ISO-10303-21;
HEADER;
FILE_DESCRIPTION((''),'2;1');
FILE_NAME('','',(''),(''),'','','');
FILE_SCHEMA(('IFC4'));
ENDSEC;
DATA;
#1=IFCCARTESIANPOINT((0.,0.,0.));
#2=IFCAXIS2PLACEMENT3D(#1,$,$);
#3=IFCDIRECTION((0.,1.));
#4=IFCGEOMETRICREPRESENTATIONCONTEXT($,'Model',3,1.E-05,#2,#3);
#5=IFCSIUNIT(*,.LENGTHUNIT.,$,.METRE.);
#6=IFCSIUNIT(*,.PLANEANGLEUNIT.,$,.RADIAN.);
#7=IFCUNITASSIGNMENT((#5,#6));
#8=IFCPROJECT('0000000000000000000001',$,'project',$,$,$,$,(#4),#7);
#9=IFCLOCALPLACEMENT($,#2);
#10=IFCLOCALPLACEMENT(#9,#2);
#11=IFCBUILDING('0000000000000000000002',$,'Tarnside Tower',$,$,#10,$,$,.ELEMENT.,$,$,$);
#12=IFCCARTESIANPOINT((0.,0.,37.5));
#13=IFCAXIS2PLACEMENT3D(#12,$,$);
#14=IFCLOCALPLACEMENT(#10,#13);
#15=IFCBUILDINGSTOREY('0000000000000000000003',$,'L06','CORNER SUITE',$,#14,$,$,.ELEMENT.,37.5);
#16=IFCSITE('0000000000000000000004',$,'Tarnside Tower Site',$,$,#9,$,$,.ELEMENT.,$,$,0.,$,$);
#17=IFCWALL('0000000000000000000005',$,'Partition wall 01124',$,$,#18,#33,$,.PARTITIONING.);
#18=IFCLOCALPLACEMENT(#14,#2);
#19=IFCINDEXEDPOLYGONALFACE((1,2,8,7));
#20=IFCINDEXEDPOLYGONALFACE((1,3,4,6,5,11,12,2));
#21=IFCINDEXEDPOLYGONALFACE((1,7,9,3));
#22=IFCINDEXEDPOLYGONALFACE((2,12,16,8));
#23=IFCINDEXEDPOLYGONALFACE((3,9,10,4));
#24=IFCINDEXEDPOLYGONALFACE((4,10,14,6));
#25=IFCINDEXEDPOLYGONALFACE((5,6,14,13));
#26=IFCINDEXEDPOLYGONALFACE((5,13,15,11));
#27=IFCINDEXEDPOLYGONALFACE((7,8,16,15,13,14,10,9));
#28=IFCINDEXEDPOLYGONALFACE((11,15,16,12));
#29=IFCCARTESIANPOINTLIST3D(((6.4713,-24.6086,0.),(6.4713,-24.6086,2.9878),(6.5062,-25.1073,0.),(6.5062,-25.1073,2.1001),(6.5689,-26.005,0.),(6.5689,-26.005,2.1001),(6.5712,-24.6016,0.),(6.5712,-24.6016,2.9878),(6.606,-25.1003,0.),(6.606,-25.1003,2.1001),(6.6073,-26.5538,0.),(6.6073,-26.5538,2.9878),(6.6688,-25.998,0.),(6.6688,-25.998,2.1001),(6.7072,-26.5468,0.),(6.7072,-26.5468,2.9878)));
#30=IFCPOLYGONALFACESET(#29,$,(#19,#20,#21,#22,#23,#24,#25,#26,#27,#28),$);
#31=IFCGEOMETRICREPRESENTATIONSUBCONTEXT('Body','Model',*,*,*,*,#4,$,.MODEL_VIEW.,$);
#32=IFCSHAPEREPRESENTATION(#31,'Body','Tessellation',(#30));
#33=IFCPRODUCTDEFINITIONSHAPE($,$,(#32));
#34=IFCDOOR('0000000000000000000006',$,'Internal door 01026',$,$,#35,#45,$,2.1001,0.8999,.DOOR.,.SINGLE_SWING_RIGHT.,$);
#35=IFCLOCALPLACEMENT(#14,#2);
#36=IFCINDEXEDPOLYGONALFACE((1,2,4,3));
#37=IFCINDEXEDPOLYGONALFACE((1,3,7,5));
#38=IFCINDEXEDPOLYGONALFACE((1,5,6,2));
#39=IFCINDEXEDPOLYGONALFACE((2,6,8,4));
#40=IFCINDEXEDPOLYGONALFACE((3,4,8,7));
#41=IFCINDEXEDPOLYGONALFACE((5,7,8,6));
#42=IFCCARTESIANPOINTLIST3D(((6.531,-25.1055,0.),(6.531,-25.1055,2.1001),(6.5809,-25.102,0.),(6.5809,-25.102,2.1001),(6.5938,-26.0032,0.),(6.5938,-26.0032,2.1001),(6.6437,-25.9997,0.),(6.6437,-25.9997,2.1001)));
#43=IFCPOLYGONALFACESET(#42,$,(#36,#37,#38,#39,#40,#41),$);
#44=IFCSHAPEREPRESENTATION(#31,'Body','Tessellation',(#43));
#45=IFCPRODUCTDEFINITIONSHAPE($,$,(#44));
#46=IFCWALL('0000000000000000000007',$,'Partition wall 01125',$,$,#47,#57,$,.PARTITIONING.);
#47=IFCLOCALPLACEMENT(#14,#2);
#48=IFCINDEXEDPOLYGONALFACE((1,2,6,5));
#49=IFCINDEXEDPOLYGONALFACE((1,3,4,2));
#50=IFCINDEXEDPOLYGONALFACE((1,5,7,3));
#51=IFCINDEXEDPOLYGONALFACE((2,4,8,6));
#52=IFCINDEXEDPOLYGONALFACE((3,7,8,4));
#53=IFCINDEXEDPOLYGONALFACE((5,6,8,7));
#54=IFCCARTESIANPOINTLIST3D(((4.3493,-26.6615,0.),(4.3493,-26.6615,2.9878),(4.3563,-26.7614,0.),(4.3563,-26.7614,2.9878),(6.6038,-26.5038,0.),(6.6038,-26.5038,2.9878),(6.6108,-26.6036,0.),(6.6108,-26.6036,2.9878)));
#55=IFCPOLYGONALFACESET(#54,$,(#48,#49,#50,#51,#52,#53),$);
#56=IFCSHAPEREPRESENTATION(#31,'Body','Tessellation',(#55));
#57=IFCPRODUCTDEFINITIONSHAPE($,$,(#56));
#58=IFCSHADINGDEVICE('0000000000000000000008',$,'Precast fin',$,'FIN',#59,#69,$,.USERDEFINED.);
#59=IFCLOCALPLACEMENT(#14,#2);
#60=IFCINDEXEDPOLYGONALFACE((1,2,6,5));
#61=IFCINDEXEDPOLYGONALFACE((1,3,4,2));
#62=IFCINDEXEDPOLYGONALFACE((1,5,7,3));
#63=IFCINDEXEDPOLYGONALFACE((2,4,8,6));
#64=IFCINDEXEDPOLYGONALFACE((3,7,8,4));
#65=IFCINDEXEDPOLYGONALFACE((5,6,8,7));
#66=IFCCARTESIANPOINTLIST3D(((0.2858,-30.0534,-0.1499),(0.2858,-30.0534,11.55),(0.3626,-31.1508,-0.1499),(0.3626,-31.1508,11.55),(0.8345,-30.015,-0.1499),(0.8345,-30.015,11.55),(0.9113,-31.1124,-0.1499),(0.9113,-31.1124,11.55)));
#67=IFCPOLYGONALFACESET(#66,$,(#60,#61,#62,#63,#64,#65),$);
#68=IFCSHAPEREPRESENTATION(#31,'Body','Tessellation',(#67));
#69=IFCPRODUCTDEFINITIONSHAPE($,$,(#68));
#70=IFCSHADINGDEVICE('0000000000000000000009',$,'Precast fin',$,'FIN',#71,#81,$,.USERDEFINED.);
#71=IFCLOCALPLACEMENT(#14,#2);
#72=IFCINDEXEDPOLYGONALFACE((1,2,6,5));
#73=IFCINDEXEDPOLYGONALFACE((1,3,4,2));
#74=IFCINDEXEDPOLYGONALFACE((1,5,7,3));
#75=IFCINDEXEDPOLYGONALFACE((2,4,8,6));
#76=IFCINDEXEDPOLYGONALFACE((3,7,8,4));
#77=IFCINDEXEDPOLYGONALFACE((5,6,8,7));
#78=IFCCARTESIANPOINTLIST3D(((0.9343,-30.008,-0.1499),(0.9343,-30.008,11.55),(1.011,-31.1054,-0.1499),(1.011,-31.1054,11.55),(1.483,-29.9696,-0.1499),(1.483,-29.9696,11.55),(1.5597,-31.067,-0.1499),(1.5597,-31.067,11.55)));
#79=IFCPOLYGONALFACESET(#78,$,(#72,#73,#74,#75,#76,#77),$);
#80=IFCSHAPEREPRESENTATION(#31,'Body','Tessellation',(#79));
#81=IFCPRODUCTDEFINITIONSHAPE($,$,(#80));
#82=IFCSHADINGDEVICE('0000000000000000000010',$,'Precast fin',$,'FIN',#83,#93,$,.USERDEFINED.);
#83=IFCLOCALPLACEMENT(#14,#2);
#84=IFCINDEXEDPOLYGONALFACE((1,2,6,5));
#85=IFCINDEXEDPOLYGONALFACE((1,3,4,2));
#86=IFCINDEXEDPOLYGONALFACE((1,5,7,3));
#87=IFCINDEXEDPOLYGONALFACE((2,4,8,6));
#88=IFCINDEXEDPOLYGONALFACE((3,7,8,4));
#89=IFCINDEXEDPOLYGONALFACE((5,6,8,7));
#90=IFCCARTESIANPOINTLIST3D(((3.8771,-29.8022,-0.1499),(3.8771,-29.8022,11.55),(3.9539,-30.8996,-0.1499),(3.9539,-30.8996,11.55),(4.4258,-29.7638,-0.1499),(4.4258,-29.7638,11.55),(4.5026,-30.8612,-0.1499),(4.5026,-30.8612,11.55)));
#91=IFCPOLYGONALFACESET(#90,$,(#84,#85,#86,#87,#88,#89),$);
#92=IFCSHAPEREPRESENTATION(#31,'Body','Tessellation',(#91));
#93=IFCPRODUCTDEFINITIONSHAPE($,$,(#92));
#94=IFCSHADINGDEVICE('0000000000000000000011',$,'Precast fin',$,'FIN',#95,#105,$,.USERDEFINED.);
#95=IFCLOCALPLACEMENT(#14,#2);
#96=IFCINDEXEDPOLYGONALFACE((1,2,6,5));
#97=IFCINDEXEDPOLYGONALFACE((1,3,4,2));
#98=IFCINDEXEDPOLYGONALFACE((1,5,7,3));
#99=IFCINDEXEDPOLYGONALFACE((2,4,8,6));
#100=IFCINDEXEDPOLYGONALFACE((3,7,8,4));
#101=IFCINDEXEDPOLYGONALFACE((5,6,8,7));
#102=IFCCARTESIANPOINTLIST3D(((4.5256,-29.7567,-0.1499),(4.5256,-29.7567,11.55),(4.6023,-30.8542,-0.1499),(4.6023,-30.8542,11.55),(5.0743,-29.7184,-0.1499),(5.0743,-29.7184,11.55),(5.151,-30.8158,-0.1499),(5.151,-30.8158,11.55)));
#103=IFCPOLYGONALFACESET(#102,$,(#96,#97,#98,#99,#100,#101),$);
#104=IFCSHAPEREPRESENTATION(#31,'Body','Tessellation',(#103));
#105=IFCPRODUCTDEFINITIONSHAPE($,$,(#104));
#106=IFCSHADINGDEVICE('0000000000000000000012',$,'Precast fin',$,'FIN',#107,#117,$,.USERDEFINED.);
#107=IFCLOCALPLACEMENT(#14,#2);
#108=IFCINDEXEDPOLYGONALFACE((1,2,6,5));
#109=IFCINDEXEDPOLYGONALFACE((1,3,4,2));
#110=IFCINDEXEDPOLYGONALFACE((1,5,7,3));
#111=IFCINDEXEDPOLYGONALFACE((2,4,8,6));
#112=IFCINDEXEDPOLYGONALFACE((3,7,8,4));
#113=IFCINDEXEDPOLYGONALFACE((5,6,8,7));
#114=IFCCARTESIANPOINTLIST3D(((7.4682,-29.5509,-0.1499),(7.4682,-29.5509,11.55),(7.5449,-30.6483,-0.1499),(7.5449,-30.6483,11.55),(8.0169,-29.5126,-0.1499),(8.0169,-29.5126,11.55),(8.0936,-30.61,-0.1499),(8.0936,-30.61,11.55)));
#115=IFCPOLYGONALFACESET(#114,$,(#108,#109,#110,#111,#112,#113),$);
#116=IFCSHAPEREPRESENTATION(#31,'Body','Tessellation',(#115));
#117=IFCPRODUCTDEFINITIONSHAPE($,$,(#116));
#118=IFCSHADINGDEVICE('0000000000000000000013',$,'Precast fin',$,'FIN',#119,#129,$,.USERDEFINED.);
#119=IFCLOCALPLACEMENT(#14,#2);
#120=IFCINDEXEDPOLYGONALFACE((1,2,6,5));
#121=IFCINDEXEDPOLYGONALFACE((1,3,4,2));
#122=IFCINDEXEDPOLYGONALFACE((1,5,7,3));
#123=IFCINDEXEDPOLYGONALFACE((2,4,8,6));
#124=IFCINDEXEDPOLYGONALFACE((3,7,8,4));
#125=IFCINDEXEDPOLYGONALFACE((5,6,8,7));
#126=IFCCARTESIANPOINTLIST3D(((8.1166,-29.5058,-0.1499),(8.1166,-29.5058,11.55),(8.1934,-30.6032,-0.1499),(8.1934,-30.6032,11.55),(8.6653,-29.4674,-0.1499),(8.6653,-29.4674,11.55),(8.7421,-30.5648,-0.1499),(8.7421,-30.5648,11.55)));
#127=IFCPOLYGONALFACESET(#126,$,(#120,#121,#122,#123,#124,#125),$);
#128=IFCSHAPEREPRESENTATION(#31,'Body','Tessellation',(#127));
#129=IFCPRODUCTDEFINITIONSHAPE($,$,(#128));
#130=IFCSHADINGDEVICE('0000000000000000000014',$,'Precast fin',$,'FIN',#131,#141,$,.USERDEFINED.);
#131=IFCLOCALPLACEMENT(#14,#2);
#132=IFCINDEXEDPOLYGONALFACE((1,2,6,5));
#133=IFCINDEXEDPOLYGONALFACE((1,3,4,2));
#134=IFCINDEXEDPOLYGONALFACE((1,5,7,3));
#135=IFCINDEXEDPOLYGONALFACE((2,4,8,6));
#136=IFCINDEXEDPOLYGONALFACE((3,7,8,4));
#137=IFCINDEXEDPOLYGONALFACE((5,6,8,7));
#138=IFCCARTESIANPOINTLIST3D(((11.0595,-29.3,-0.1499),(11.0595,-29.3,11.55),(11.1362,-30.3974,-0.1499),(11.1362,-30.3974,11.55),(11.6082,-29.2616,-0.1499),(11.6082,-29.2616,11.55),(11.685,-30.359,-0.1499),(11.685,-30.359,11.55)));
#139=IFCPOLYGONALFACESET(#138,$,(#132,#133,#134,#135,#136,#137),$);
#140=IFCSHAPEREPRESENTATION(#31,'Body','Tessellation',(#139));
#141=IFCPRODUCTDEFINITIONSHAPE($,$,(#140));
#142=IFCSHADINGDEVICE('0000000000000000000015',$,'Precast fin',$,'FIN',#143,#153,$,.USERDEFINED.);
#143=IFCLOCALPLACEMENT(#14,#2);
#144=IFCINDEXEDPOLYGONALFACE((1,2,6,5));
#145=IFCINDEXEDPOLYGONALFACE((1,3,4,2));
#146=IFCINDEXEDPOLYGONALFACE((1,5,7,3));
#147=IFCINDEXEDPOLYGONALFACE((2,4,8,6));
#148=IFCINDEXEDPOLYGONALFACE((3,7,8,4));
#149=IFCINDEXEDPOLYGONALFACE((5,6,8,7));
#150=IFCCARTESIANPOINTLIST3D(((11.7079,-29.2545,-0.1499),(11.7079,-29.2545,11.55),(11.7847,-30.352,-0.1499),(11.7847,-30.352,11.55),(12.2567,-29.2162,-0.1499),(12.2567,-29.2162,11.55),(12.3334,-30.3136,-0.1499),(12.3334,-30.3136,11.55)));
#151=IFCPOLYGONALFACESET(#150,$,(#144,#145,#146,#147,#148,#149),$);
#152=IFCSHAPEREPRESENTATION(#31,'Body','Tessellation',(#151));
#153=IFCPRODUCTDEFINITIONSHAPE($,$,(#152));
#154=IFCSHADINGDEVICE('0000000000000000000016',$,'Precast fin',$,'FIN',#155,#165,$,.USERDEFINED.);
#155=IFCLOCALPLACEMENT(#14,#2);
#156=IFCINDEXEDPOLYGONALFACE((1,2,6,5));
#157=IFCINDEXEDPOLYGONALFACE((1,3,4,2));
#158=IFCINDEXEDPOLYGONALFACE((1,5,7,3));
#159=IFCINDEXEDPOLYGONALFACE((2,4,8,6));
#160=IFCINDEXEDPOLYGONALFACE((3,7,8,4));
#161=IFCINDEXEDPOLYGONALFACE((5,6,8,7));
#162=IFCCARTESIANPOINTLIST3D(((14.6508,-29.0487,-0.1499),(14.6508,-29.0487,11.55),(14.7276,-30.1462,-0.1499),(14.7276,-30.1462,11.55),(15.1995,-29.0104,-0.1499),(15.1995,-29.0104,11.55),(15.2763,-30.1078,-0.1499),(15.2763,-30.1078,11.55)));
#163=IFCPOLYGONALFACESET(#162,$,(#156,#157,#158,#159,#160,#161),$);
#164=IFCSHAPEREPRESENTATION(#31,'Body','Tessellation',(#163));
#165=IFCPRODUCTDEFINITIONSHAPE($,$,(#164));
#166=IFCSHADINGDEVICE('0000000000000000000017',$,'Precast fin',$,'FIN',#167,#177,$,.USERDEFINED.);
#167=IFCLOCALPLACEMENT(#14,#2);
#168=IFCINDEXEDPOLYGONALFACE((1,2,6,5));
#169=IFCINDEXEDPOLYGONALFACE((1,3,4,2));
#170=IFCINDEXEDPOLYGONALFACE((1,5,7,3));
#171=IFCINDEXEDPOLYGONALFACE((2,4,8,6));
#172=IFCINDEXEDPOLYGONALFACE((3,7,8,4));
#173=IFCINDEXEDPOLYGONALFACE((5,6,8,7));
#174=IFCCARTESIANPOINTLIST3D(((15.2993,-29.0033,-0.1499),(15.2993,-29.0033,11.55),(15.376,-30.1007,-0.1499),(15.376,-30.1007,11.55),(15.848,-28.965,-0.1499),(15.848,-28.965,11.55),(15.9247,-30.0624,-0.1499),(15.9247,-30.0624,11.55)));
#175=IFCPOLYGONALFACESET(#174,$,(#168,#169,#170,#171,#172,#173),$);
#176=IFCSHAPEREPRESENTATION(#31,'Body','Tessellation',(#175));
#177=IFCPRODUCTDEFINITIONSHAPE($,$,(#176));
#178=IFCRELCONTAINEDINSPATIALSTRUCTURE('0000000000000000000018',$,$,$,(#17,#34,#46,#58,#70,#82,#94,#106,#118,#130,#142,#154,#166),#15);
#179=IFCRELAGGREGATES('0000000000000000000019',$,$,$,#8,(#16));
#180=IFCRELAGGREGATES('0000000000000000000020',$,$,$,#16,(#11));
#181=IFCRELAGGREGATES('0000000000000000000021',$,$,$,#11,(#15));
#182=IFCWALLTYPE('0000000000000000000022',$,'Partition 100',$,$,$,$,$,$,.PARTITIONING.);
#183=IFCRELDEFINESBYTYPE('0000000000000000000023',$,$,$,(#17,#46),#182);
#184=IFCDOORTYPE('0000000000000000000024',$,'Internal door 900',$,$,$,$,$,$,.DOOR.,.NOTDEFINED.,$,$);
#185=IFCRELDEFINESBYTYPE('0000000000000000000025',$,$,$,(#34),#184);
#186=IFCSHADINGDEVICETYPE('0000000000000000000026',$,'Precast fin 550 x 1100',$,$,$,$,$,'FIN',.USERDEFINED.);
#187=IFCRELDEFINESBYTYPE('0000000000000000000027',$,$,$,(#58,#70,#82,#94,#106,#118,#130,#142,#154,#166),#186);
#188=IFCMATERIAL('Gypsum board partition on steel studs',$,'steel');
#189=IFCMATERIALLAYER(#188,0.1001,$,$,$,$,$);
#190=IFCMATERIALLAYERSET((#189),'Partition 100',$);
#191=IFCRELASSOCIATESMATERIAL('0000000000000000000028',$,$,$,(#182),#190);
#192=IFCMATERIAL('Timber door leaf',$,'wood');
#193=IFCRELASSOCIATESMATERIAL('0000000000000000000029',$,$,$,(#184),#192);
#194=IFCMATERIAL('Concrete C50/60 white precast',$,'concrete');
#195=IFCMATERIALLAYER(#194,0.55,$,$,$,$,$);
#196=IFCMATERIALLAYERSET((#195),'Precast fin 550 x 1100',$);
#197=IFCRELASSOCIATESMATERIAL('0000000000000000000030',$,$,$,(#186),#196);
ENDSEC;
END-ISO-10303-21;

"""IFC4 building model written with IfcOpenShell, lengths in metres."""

from ifc_helpers import new_model, si_unit, direction, frame, frame_2d, origin, place, context, subcontext, project, spatial, polyline, rectangle, outline, extrude, material, layer, layer_set, type_object, element, fill, save


model = new_model("IFC4")

# Units and contexts
model_context = context("Model", 3, precision=1e-05, world=origin(), true_north=direction((0.0, 1.0)))
body_context = subcontext(model_context, "Body", "Model", "MODEL_VIEW")
ifc_project = project(units=[si_unit("LENGTHUNIT", "METRE"), si_unit("PLANEANGLEUNIT", "RADIAN")], contexts=[model_context])

# Site, building, storey
site_placement = place(None, origin())
site = spatial("IfcSite", under=ifc_project, at=site_placement, Name="Tarnside Tower Site", CompositionType="ELEMENT", RefElevation=0.0)
building_placement = place(site_placement, origin())
building = spatial("IfcBuilding", under=site, at=building_placement, Name="Tarnside Tower", CompositionType="ELEMENT")
storey_placement = place(building_placement, frame((0.0, 0.0, 37.5)))
storey = spatial("IfcBuildingStorey", under=building, at=storey_placement, Name="L06", Description="CORNER SUITE", CompositionType="ELEMENT", Elevation=37.5)

# Shared definitions
ifc_material_1 = material(Name="Gypsum board partition on steel studs", Category="steel")
ifc_material_2 = material(Name="Timber door leaf", Category="wood")

# Shared definitions
ifc_layer_1 = layer(ifc_material_1, 0.1001)
ifc_layer_set_1 = layer_set([ifc_layer_1], Name="Partition 100")
wall_type_1 = type_object("IfcWallType", Name="Partition 100", PredefinedType="PARTITIONING", material=ifc_layer_set_1)

# Wall, opening, door
door_type_1 = type_object("IfcDoorType", Name="Internal door 900", OperationType="NOTDEFINED", PredefinedType="DOOR", material=ifc_material_2)
wall_1_placement = place(storey_placement, frame((6.5212, -24.605, 0.0), z_axis=(0.0, 0.0, 1.0), x_axis=(0.069734, -0.997566, 0.0)))
wall_1 = element("IfcWall", 1, at=wall_1_placement, inside=storey, type_object=wall_type_1, Name="Partition wall 01124", PredefinedType="PARTITIONING", context=body_context, shape_type="SweptSolid", body=[
    extrude(rectangle(XDim=1.95, YDim=0.1001, at=frame_2d((0.9751, 0.0))), origin(), (0.0, 0.0, 1.0), 2.9878),
])
opening_1_placement = place(wall_1_placement, frame((0.5, 0.0, 0.0)))
opening_1 = element("IfcOpeningElement", 2, at=opening_1_placement, cuts=wall_1, PredefinedType="OPENING", context=body_context, shape_type="SweptSolid", body=[
    extrude(rectangle(XDim=0.8999, YDim=2.1001, at=frame_2d((0.45, 1.05))), frame((0.0, 0.0601, 0.0), z_axis=(0.0, -1.0, 0.0), x_axis=(1.0, 0.0, 0.0)), (0.0, 0.0, 1.0), 0.1201),
])
door_1_placement = place(opening_1_placement, origin())
door_1 = element("IfcDoor", 3, at=door_1_placement, inside=storey, type_object=door_type_1, Name="Internal door 01026", OperationType="SINGLE_SWING_RIGHT", OverallHeight=2.1001, OverallWidth=0.8999, PredefinedType="DOOR", context=body_context, shape_type="SweptSolid", body=[
    extrude(rectangle(XDim=0.8999, YDim=2.1001, at=frame_2d((0.45, 1.05))), frame((0.0, 0.0249, 0.0), z_axis=(0.0, -1.0, 0.0), x_axis=(1.0, 0.0, 0.0)), (0.0, 0.0, 1.0), 0.05),
])
fill(opening_1, door_1)

# Wall
wall_2_placement = place(storey_placement, frame((6.6072, -26.5537, 0.0), z_axis=(0.0, 0.0, 1.0), x_axis=(-0.997562, -0.069788, 0.0)))
element("IfcWall", 4, at=wall_2_placement, inside=storey, type_object=wall_type_1, Name="Partition wall 01125", PredefinedType="PARTITIONING", context=body_context, shape_type="SweptSolid", body=[
    extrude(rectangle(XDim=2.26, YDim=0.1001, at=frame_2d((1.1299, 0.0))), origin(), (0.0, 0.0, 1.0), 2.9878),
])

# Shading devices
ifc_material_3 = material(Name="Concrete C50/60 white precast", Category="concrete")
ifc_layer_2 = layer(ifc_material_3, 0.55)
ifc_layer_set_2 = layer_set([ifc_layer_2], Name="Precast fin 550 x 1100")
shading_device_type = type_object("IfcShadingDeviceType", Name="Precast fin 550 x 1100", ElementType="FIN", PredefinedType="USERDEFINED", material=ifc_layer_set_2)
for number, where, z_axis, x_axis, name in (
    (5, (0.5603, -30.0342, -0.1499), (-0.997564, -0.069756, 0.0), (0.069756, -0.997564, 0.0), "Precast fin"),
    (6, (1.2087, -29.9888, -0.1499), (-0.997564, -0.069756, 0.0), (0.069756, -0.997564, 0.0), "Precast fin"),
    (7, (4.1516, -29.783, -0.1499), (-0.997564, -0.069756, 0.0), (0.069756, -0.997564, 0.0), "Precast fin"),
    (8, (4.8, -29.7375, -0.1499), (-0.997564, -0.069756, 0.0), (0.069756, -0.997564, 0.0), "Precast fin"),
    (9, (7.7427, -29.5317, -0.1499), (-0.997564, -0.069756, 0.0), (0.069756, -0.997564, 0.0), "Precast fin"),
    (10, (8.3911, -29.4866, -0.1499), (-0.997564, -0.069756, 0.0), (0.069756, -0.997564, 0.0), "Precast fin"),
    (11, (11.334, -29.2808, -0.1499), (-0.997564, -0.069756, 0.0), (0.069756, -0.997564, 0.0), "Precast fin"),
    (12, (11.9824, -29.2354, -0.1499), (-0.997564, -0.069756, 0.0), (0.069756, -0.997564, 0.0), "Precast fin"),
    (13, (14.9253, -29.0295, -0.1499), (-0.997564, -0.069756, 0.0), (0.069756, -0.997564, 0.0), "Precast fin"),
    (14, (15.5737, -28.9841, -0.1499), (-0.997564, -0.069756, 0.0), (0.069756, -0.997564, 0.0), "Precast fin"),
):
    element("IfcShadingDevice", number, at=place(storey_placement, frame(where, z_axis=z_axis, x_axis=x_axis)), inside=storey, type_object=shading_device_type, Name=name, ObjectType="FIN", PredefinedType="USERDEFINED", context=body_context, shape_type="SweptSolid", body=[
        extrude(outline(polyline([(0.0, 0.0), (1.1001, 0.0), (1.1001, 11.7), (0.0, 11.7), (0.0, 0.0)])), frame((0.0, 0.0, -0.2749)), (0.0, 0.0, 1.0), 0.55),
    ])

save(model, "model.ifc")
